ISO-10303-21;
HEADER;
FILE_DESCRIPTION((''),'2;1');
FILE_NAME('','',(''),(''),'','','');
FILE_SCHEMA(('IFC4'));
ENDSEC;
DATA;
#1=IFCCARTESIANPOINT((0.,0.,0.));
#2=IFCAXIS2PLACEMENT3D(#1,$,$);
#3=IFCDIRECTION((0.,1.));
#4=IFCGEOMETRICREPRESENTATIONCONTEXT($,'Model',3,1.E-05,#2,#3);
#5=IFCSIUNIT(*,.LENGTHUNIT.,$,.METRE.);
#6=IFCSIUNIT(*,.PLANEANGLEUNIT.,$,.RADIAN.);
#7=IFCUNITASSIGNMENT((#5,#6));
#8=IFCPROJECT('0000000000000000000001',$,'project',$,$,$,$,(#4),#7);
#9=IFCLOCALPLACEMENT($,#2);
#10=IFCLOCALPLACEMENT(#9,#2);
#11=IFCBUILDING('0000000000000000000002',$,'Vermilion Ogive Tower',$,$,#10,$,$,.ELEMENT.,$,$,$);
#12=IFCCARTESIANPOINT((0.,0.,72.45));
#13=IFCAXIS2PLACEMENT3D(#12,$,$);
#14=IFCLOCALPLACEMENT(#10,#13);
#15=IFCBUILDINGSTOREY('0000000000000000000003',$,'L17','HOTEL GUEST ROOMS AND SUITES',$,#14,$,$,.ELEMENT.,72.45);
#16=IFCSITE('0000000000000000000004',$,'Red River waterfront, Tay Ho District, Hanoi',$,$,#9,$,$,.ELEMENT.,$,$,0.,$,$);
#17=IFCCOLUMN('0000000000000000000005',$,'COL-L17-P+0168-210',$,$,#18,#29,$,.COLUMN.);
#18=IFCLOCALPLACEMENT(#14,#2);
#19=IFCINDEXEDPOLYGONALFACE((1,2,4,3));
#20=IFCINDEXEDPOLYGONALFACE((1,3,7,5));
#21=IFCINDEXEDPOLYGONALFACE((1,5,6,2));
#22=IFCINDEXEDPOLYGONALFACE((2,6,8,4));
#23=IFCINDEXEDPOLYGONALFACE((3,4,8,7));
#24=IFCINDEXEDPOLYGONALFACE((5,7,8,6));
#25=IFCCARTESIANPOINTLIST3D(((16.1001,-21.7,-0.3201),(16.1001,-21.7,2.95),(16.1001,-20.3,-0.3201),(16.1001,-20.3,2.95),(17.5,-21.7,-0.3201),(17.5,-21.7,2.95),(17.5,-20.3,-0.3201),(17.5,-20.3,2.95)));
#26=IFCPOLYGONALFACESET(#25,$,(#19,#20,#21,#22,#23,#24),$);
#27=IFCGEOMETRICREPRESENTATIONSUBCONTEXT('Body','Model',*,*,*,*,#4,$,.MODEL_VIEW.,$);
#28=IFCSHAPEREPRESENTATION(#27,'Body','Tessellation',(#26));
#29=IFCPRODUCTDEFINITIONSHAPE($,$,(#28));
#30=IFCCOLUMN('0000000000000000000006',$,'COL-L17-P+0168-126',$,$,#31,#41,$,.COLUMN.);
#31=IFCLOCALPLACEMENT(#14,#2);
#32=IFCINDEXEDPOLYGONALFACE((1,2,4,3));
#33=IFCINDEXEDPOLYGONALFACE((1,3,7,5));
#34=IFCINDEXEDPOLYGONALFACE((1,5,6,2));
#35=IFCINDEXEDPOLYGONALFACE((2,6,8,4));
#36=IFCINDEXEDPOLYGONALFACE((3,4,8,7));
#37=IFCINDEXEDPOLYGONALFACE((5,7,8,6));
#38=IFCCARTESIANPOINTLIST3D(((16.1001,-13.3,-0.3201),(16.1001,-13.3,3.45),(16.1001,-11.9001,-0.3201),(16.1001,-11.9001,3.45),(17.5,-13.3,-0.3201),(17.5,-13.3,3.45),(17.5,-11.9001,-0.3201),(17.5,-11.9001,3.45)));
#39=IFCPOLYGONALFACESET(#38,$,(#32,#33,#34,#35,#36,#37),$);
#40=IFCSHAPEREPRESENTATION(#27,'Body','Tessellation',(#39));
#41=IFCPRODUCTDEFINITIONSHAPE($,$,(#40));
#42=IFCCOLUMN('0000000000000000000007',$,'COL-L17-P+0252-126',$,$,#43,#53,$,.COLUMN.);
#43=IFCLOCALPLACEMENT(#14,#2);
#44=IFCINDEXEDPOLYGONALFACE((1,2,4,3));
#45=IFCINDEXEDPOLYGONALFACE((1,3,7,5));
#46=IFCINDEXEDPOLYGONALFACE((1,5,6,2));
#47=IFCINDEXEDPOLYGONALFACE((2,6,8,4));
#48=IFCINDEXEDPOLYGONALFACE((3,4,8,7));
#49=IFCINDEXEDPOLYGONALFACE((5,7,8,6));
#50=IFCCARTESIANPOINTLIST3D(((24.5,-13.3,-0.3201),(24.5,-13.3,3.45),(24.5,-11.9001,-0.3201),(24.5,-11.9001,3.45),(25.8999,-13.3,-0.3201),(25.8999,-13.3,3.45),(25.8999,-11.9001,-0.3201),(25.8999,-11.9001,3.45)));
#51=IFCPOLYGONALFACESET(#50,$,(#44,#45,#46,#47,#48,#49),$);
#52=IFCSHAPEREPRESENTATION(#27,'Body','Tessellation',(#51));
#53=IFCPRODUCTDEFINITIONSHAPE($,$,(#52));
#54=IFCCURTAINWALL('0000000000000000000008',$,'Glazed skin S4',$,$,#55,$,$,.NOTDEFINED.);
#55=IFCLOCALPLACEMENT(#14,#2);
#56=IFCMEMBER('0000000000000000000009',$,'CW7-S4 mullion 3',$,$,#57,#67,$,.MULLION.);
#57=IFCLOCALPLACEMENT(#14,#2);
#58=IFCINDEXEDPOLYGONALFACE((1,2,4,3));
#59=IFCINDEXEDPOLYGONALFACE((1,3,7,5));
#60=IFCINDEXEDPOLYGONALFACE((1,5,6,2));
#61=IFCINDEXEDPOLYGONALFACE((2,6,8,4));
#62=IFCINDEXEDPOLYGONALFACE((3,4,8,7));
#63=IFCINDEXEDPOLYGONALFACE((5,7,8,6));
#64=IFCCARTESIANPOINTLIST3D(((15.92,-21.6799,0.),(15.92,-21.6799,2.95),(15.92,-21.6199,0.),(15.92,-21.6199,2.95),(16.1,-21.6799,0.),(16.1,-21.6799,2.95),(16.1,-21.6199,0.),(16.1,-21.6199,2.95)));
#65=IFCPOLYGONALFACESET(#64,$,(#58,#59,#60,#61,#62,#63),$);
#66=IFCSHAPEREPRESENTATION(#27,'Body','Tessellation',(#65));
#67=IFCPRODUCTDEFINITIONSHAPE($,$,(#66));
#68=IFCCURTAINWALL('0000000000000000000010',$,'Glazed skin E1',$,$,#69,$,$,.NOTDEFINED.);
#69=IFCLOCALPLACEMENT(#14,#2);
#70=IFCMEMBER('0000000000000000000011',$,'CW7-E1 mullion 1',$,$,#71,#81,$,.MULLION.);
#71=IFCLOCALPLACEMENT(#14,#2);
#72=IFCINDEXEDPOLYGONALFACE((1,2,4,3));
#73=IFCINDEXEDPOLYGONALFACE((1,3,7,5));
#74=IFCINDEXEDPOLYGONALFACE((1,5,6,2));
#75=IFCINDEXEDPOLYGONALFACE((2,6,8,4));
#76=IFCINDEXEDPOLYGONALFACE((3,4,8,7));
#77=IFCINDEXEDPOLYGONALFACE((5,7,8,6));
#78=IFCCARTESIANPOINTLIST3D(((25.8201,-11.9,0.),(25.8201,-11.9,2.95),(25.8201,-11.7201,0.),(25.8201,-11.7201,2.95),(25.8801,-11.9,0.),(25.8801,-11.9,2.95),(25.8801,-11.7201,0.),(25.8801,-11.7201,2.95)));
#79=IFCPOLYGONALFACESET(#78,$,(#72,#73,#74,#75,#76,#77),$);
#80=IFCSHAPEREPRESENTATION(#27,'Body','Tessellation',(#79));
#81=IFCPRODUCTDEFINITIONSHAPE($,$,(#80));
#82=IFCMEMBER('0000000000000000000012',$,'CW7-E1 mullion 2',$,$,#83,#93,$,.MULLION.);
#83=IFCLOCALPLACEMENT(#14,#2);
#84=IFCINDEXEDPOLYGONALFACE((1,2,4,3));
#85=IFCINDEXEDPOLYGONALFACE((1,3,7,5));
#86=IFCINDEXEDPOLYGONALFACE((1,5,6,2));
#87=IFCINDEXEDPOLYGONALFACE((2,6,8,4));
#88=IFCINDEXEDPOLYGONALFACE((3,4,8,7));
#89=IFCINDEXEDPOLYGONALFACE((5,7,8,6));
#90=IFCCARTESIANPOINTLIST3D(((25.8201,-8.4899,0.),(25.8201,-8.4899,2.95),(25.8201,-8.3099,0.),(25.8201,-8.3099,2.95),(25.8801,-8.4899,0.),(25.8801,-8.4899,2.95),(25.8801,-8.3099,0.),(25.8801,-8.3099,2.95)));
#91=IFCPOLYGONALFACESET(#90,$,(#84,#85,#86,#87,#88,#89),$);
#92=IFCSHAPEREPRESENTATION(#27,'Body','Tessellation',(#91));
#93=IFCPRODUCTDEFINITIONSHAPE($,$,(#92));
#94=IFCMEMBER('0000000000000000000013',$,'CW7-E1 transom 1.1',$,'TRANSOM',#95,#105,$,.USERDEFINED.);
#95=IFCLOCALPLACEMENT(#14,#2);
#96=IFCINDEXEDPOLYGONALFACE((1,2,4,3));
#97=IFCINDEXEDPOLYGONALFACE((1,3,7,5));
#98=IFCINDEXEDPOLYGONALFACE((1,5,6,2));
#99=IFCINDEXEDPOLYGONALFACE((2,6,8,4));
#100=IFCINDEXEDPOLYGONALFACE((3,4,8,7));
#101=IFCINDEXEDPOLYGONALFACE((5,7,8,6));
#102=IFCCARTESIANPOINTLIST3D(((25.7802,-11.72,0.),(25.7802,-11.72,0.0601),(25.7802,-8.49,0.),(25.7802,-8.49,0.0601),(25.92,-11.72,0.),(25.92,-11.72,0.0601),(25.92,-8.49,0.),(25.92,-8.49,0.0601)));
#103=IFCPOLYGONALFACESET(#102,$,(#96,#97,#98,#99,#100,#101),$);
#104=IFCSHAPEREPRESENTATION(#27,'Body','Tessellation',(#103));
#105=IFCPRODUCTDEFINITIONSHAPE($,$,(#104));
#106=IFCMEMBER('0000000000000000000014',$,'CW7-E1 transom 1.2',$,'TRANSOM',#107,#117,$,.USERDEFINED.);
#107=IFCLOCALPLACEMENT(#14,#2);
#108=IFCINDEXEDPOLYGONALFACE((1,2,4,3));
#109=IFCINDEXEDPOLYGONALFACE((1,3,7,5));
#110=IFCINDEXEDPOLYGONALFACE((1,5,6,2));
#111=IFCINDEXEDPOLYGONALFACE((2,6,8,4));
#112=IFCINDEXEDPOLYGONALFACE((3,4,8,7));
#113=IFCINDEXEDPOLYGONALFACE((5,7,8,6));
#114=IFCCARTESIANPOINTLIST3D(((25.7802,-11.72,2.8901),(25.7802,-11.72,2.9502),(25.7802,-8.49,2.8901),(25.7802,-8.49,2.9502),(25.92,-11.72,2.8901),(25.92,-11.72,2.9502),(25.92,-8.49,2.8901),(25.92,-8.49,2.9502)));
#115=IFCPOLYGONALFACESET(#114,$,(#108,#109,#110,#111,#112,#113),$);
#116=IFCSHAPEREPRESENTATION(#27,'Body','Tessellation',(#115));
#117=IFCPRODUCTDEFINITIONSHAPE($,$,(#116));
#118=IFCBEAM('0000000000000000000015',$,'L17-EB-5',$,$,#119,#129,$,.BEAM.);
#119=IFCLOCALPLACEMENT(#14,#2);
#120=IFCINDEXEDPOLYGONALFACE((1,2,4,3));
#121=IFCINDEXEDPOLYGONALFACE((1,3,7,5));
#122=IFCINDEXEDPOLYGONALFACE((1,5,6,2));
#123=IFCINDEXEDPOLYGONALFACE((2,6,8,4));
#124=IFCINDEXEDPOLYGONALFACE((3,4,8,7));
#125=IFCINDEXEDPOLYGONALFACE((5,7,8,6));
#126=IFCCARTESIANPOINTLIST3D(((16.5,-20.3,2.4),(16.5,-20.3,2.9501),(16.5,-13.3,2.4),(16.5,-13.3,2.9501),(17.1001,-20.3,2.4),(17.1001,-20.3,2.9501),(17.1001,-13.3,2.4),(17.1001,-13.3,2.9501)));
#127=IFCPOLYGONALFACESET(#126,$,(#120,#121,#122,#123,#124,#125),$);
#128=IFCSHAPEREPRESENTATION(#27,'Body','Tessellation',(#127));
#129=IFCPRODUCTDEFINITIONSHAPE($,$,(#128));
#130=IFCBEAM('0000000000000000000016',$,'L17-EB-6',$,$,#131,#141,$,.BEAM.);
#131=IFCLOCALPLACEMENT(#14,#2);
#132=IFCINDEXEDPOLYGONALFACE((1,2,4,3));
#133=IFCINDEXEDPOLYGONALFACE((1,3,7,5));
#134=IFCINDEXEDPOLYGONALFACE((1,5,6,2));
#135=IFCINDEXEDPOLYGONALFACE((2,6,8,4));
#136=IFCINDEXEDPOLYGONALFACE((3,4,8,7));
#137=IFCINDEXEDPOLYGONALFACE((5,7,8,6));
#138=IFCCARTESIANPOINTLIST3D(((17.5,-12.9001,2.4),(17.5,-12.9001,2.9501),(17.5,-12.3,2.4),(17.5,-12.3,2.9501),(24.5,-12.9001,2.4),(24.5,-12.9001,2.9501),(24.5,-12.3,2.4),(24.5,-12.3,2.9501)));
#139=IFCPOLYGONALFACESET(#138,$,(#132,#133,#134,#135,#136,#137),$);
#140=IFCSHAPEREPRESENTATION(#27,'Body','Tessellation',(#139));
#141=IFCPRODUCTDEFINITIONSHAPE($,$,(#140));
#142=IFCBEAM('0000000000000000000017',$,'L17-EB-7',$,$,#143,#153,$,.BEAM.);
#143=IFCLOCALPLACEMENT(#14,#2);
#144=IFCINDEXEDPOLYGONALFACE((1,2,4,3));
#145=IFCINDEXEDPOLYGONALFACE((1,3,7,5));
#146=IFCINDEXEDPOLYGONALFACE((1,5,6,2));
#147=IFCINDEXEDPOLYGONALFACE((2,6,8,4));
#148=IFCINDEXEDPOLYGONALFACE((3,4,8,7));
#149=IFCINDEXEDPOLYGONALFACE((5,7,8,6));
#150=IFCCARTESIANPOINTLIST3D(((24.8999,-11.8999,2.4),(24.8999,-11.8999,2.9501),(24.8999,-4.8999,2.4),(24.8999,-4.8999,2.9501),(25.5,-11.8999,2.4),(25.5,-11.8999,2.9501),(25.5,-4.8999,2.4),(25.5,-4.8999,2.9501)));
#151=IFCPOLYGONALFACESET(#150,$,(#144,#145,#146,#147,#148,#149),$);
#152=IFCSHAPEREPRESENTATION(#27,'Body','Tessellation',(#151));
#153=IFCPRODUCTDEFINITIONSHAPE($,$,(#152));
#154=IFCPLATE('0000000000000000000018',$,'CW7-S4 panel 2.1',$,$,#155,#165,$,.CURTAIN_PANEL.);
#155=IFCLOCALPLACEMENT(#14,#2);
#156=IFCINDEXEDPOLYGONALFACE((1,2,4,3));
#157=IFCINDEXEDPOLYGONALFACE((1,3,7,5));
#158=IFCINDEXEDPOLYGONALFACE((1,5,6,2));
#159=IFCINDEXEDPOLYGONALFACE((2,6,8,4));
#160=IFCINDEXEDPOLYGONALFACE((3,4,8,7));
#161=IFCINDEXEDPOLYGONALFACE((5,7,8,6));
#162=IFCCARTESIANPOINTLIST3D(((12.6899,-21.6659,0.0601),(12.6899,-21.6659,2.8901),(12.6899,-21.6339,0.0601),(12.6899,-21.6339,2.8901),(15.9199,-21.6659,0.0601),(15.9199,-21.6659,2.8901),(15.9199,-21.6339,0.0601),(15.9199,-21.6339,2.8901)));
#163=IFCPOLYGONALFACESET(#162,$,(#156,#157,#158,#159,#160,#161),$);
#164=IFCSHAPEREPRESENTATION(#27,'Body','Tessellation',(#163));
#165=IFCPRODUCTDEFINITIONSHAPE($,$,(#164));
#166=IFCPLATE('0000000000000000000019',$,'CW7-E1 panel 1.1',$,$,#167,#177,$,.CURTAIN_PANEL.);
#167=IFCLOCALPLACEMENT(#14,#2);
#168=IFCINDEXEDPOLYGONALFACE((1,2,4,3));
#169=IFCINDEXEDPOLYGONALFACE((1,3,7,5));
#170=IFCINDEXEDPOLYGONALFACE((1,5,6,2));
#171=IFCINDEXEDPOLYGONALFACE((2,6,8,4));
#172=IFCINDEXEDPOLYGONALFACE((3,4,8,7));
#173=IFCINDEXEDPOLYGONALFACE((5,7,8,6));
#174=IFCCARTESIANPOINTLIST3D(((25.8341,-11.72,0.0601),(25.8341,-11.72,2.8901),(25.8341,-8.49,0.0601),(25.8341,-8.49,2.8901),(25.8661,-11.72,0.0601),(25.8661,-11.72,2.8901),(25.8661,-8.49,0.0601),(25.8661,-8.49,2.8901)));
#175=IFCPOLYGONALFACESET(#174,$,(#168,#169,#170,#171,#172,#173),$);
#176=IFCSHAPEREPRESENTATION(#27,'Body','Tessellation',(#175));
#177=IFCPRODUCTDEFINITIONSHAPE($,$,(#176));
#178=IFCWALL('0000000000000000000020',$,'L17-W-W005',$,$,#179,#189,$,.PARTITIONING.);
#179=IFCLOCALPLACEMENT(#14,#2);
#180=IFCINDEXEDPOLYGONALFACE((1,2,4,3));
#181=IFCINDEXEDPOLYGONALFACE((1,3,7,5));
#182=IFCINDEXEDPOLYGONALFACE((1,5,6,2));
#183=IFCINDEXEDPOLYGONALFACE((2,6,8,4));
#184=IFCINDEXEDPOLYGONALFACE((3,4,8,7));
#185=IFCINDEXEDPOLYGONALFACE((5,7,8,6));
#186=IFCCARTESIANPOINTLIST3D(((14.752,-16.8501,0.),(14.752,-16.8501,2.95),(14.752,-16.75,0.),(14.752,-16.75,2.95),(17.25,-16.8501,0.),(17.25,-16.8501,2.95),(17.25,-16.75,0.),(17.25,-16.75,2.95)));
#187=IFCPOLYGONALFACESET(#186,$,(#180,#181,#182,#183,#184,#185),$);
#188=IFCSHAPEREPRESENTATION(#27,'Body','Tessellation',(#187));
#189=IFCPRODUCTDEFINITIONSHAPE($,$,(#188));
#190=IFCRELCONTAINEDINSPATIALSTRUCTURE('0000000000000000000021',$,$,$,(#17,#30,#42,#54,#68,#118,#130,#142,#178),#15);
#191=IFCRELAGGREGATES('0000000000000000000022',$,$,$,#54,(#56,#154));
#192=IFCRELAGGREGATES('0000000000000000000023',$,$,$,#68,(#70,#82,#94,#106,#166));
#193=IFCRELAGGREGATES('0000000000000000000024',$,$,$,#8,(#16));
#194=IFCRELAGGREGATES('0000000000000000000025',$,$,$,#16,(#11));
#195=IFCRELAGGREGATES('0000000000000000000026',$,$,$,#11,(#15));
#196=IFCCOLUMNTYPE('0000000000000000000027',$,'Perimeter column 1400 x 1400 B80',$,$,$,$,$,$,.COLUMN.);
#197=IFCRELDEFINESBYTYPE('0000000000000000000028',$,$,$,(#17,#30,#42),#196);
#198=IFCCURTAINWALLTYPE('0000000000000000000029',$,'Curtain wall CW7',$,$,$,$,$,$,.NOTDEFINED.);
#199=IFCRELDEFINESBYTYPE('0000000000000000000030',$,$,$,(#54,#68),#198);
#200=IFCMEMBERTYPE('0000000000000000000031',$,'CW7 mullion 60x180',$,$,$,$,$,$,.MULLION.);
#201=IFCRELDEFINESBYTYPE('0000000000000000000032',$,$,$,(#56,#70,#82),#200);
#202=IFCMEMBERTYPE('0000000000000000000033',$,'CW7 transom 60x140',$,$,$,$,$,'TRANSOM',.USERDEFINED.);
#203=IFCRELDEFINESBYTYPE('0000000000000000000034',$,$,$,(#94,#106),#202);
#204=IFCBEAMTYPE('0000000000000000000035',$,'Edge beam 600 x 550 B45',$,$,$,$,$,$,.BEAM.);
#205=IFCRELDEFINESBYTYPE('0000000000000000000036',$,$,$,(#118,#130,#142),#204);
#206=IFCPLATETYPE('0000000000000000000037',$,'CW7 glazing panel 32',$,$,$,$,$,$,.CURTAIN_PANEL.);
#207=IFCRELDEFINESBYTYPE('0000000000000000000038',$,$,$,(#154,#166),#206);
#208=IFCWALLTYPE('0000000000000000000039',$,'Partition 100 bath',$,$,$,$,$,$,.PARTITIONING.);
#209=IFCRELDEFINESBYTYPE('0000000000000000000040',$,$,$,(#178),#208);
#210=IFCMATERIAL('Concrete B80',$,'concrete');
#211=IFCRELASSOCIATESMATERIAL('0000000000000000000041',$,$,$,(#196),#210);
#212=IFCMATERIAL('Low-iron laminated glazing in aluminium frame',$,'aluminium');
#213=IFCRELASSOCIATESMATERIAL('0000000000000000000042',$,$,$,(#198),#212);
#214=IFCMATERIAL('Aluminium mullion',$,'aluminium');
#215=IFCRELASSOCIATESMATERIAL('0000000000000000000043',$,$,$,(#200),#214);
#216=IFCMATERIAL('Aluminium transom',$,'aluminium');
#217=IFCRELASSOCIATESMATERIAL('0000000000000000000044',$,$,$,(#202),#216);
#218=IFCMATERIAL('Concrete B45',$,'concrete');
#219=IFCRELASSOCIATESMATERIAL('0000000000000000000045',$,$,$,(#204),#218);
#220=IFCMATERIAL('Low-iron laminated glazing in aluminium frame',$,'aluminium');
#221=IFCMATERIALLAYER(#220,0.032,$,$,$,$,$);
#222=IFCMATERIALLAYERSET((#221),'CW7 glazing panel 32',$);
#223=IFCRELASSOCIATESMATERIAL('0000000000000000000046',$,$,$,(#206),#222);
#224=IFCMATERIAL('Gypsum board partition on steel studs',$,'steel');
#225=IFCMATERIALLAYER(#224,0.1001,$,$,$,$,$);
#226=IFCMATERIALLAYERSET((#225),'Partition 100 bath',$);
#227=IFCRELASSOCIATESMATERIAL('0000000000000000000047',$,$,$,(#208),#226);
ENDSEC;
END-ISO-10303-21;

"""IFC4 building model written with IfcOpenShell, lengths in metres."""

from ifc_helpers import new_model, si_unit, direction, frame, frame_2d, origin, origin_2d, place, context, subcontext, project, spatial, rectangle, extrude, material, layer, layer_set, material_profile, profile_set, type_object, element, aggregate, save


model = new_model("IFC4")

# Units and contexts
model_context = context("Model", 3, precision=1e-05, world=origin(), true_north=direction((0.0, 1.0)))
body_context = subcontext(model_context, "Body", "Model", "MODEL_VIEW")
ifc_project = project(units=[si_unit("LENGTHUNIT", "METRE"), si_unit("PLANEANGLEUNIT", "RADIAN")], contexts=[model_context])

# Site, building, storey
site_placement = place(None, origin())
site = spatial("IfcSite", under=ifc_project, at=site_placement, Name="Red River waterfront, Tay Ho District, Hanoi", CompositionType="ELEMENT", RefElevation=0.0)
building_placement = place(site_placement, origin())
building = spatial("IfcBuilding", under=site, at=building_placement, Name="Vermilion Ogive Tower", CompositionType="ELEMENT")
storey_placement = place(building_placement, frame((0.0, 0.0, 72.45)))
storey = spatial("IfcBuildingStorey", under=building, at=storey_placement, Name="L17", Description="HOTEL GUEST ROOMS AND SUITES", CompositionType="ELEMENT", Elevation=72.45)

# Columns
ifc_material_1 = material(Name="Concrete B80", Category="concrete")
ifc_material_profile_1 = material_profile(ifc_material_1, rectangle(XDim=1.3999, YDim=1.3999, at=origin_2d()), Name="1400 x 1400")
ifc_profile_set_1 = profile_set([ifc_material_profile_1], Name="Concrete B80")
column_type = type_object("IfcColumnType", Name="Perimeter column 1400 x 1400 B80", PredefinedType="COLUMN", material=ifc_profile_set_1)
column_placement = place(storey_placement, frame((16.8, -21.0, -0.3201), z_axis=(0.0, 0.0, 1.0), x_axis=(1.0, 0.0, 0.0)))
element("IfcColumn", 1, at=column_placement, inside=storey, type_object=column_type, Name="COL-L17-P+0168-210", PredefinedType="COLUMN", context=body_context, shape_type="SweptSolid", body=[
    extrude(rectangle(XDim=1.3999, YDim=1.3999, at=origin_2d()), origin(), (0.0, 0.0, 1.0), 3.27),
])
for number, where, z_axis, x_axis, name in (
    (2, (16.8, -12.6001, -0.3201), (0.0, 0.0, 1.0), (1.0, 0.0, 0.0), "COL-L17-P+0168-126"),
    (3, (25.2, -12.6001, -0.3201), (0.0, 0.0, 1.0), (1.0, 0.0, 0.0), "COL-L17-P+0252-126"),
):
    element("IfcColumn", number, at=place(storey_placement, frame(where, z_axis=z_axis, x_axis=x_axis)), inside=storey, type_object=column_type, Name=name, PredefinedType="COLUMN", context=body_context, shape_type="SweptSolid", body=[
        extrude(rectangle(XDim=1.3999, YDim=1.3999, at=origin_2d()), origin(), (0.0, 0.0, 1.0), 3.77),
    ])

# Curtain wall, member
ifc_material_2 = material(Name="Low-iron laminated glazing in aluminium frame", Category="aluminium")
curtain_wall_type = type_object("IfcCurtainWallType", Name="Curtain wall CW7", PredefinedType="NOTDEFINED", material=ifc_material_2)
curtain_wall_1_placement = place(storey_placement, origin())
curtain_wall_1 = element("IfcCurtainWall", 4, at=curtain_wall_1_placement, inside=storey, type_object=curtain_wall_type, Name="Glazed skin S4", PredefinedType="NOTDEFINED")
ifc_material_3 = material(Name="Aluminium mullion", Category="aluminium")
ifc_material_profile_2 = material_profile(ifc_material_3, rectangle(XDim=0.0601, YDim=0.1799, at=origin_2d()), Name="AL 60x180")
ifc_profile_set_2 = profile_set([ifc_material_profile_2], Name="Aluminium mullion")
member_type_1 = type_object("IfcMemberType", Name="CW7 mullion 60x180", PredefinedType="MULLION", material=ifc_profile_set_2)
member_1_placement = place(storey_placement, frame((16.01, -21.6499, 0.0), z_axis=(0.0, 0.0, 1.0), x_axis=(0.0, 1.0, 0.0)))
member_1 = element("IfcMember", 5, at=member_1_placement, type_object=member_type_1, Name="CW7-S4 mullion 3", PredefinedType="MULLION", context=body_context, shape_type="SweptSolid", body=[
    extrude(rectangle(XDim=0.0601, YDim=0.1799, at=origin_2d()), origin(), (0.0, 0.0, 1.0), 2.95),
])

# Curtain wall, members
curtain_wall_2_placement = place(storey_placement, origin())
curtain_wall_2 = element("IfcCurtainWall", 6, at=curtain_wall_2_placement, inside=storey, type_object=curtain_wall_type, Name="Glazed skin E1", PredefinedType="NOTDEFINED")
member_2_placement = place(storey_placement, frame((25.8501, -11.8101, 0.0), z_axis=(0.0, 0.0, 1.0), x_axis=(-1.0, 0.0, 0.0)))
member_2 = element("IfcMember", 7, at=member_2_placement, type_object=member_type_1, Name="CW7-E1 mullion 1", PredefinedType="MULLION", context=body_context, shape_type="SweptSolid", body=[
    extrude(rectangle(XDim=0.0601, YDim=0.1799, at=origin_2d()), origin(), (0.0, 0.0, 1.0), 2.95),
])
member_3_placement = place(storey_placement, frame((25.8501, -8.3999, 0.0), z_axis=(0.0, 0.0, 1.0), x_axis=(-1.0, 0.0, 0.0)))
member_3 = element("IfcMember", 8, at=member_3_placement, type_object=member_type_1, Name="CW7-E1 mullion 2", PredefinedType="MULLION", context=body_context, shape_type="SweptSolid", body=[
    extrude(rectangle(XDim=0.0601, YDim=0.1799, at=origin_2d()), origin(), (0.0, 0.0, 1.0), 2.95),
])
ifc_material_4 = material(Name="Aluminium transom", Category="aluminium")
ifc_material_profile_3 = material_profile(ifc_material_4, rectangle(XDim=0.1399, YDim=0.0601, at=origin_2d()), Name="AL 60x140")
ifc_profile_set_3 = profile_set([ifc_material_profile_3], Name="Aluminium transom")
member_type_2 = type_object("IfcMemberType", Name="CW7 transom 60x140", ElementType="TRANSOM", PredefinedType="USERDEFINED", material=ifc_profile_set_3)
member_4_placement = place(storey_placement, frame((25.8501, -11.72, 0.03), z_axis=(0.0, 1.0, 0.0), x_axis=(-1.0, 0.0, 0.0)))
member_4 = element("IfcMember", 9, at=member_4_placement, type_object=member_type_2, Name="CW7-E1 transom 1.1", ObjectType="TRANSOM", PredefinedType="USERDEFINED", context=body_context, shape_type="SweptSolid", body=[
    extrude(rectangle(XDim=0.1399, YDim=0.0601, at=origin_2d()), origin(), (0.0, 0.0, 1.0), 3.23),
])
member_5_placement = place(storey_placement, frame((25.8501, -11.72, 2.9202), z_axis=(0.0, 1.0, 0.0), x_axis=(-1.0, 0.0, 0.0)))
member_5 = element("IfcMember", 10, at=member_5_placement, type_object=member_type_2, Name="CW7-E1 transom 1.2", ObjectType="TRANSOM", PredefinedType="USERDEFINED", context=body_context, shape_type="SweptSolid", body=[
    extrude(rectangle(XDim=0.1399, YDim=0.0601, at=origin_2d()), origin(), (0.0, 0.0, 1.0), 3.23),
])

# Beams
ifc_material_5 = material(Name="Concrete B45", Category="concrete")
ifc_material_profile_4 = material_profile(ifc_material_5, rectangle(XDim=0.6001, YDim=0.55, at=origin_2d()), Name="600 x 550")
ifc_profile_set_4 = profile_set([ifc_material_profile_4], Name="Concrete B45")
beam_type = type_object("IfcBeamType", Name="Edge beam 600 x 550 B45", PredefinedType="BEAM", material=ifc_profile_set_4)
for number, where, z_axis, x_axis, name in (
    (11, (16.8, -20.3, 2.675), (0.0, 1.0, 0.0), (-1.0, 0.0, 0.0), "L17-EB-5"),
    (12, (17.5, -12.6001, 2.675), (1.0, 0.0, 0.0), (0.0, 1.0, 0.0), "L17-EB-6"),
    (13, (25.2, -11.8999, 2.675), (0.0, 1.0, 0.0), (-1.0, 0.0, 0.0), "L17-EB-7"),
):
    element("IfcBeam", number, at=place(storey_placement, frame(where, z_axis=z_axis, x_axis=x_axis)), inside=storey, type_object=beam_type, Name=name, PredefinedType="BEAM", context=body_context, shape_type="SweptSolid", body=[
        extrude(rectangle(XDim=0.6001, YDim=0.55, at=origin_2d()), origin(), (0.0, 0.0, 1.0), 7.0),
    ])

# Plates
ifc_material_6 = material(Name="Low-iron laminated glazing in aluminium frame", Category="aluminium")
ifc_layer_1 = layer(ifc_material_6, 0.032)
ifc_layer_set_1 = layer_set([ifc_layer_1], Name="CW7 glazing panel 32")
plate_type = type_object("IfcPlateType", Name="CW7 glazing panel 32", PredefinedType="CURTAIN_PANEL", material=ifc_layer_set_1)
plate_1_placement = place(storey_placement, frame((14.3049, -21.6499, 0.0601), z_axis=(0.0, 0.0, 1.0), x_axis=(1.0, 0.0, 0.0)))
plate_1 = element("IfcPlate", 14, at=plate_1_placement, type_object=plate_type, Name="CW7-S4 panel 2.1", PredefinedType="CURTAIN_PANEL", context=body_context, shape_type="SweptSolid", body=[
    extrude(rectangle(XDim=3.23, YDim=0.032, at=origin_2d()), origin(), (0.0, 0.0, 1.0), 2.8301),
])
aggregate(curtain_wall_1, [member_1, plate_1])
plate_2_placement = place(storey_placement, frame((25.8501, -10.105, 0.0601), z_axis=(0.0, 0.0, 1.0), x_axis=(0.0, 1.0, 0.0)))
plate_2 = element("IfcPlate", 15, at=plate_2_placement, type_object=plate_type, Name="CW7-E1 panel 1.1", PredefinedType="CURTAIN_PANEL", context=body_context, shape_type="SweptSolid", body=[
    extrude(rectangle(XDim=3.23, YDim=0.032, at=origin_2d()), origin(), (0.0, 0.0, 1.0), 2.8301),
])
aggregate(curtain_wall_2, [member_2, member_3, member_4, member_5, plate_2])

# Wall
ifc_material_7 = material(Name="Gypsum board partition on steel studs", Category="steel")
ifc_layer_2 = layer(ifc_material_7, 0.1001)
ifc_layer_set_2 = layer_set([ifc_layer_2], Name="Partition 100 bath")
wall_type_1 = type_object("IfcWallType", Name="Partition 100 bath", PredefinedType="PARTITIONING", material=ifc_layer_set_2)
wall_1_placement = place(storey_placement, frame((14.752, -16.8, 0.0), z_axis=(0.0, 0.0, 1.0), x_axis=(1.0, 0.0, 0.0)))
element("IfcWall", 16, at=wall_1_placement, inside=storey, type_object=wall_type_1, Name="L17-W-W005", PredefinedType="PARTITIONING", context=body_context, shape_type="SweptSolid", body=[
    extrude(rectangle(XDim=2.498, YDim=0.1001, at=frame_2d((1.249, 0.0))), origin(), (0.0, 0.0, 1.0), 2.95),
])

save(model, "model.ifc")
